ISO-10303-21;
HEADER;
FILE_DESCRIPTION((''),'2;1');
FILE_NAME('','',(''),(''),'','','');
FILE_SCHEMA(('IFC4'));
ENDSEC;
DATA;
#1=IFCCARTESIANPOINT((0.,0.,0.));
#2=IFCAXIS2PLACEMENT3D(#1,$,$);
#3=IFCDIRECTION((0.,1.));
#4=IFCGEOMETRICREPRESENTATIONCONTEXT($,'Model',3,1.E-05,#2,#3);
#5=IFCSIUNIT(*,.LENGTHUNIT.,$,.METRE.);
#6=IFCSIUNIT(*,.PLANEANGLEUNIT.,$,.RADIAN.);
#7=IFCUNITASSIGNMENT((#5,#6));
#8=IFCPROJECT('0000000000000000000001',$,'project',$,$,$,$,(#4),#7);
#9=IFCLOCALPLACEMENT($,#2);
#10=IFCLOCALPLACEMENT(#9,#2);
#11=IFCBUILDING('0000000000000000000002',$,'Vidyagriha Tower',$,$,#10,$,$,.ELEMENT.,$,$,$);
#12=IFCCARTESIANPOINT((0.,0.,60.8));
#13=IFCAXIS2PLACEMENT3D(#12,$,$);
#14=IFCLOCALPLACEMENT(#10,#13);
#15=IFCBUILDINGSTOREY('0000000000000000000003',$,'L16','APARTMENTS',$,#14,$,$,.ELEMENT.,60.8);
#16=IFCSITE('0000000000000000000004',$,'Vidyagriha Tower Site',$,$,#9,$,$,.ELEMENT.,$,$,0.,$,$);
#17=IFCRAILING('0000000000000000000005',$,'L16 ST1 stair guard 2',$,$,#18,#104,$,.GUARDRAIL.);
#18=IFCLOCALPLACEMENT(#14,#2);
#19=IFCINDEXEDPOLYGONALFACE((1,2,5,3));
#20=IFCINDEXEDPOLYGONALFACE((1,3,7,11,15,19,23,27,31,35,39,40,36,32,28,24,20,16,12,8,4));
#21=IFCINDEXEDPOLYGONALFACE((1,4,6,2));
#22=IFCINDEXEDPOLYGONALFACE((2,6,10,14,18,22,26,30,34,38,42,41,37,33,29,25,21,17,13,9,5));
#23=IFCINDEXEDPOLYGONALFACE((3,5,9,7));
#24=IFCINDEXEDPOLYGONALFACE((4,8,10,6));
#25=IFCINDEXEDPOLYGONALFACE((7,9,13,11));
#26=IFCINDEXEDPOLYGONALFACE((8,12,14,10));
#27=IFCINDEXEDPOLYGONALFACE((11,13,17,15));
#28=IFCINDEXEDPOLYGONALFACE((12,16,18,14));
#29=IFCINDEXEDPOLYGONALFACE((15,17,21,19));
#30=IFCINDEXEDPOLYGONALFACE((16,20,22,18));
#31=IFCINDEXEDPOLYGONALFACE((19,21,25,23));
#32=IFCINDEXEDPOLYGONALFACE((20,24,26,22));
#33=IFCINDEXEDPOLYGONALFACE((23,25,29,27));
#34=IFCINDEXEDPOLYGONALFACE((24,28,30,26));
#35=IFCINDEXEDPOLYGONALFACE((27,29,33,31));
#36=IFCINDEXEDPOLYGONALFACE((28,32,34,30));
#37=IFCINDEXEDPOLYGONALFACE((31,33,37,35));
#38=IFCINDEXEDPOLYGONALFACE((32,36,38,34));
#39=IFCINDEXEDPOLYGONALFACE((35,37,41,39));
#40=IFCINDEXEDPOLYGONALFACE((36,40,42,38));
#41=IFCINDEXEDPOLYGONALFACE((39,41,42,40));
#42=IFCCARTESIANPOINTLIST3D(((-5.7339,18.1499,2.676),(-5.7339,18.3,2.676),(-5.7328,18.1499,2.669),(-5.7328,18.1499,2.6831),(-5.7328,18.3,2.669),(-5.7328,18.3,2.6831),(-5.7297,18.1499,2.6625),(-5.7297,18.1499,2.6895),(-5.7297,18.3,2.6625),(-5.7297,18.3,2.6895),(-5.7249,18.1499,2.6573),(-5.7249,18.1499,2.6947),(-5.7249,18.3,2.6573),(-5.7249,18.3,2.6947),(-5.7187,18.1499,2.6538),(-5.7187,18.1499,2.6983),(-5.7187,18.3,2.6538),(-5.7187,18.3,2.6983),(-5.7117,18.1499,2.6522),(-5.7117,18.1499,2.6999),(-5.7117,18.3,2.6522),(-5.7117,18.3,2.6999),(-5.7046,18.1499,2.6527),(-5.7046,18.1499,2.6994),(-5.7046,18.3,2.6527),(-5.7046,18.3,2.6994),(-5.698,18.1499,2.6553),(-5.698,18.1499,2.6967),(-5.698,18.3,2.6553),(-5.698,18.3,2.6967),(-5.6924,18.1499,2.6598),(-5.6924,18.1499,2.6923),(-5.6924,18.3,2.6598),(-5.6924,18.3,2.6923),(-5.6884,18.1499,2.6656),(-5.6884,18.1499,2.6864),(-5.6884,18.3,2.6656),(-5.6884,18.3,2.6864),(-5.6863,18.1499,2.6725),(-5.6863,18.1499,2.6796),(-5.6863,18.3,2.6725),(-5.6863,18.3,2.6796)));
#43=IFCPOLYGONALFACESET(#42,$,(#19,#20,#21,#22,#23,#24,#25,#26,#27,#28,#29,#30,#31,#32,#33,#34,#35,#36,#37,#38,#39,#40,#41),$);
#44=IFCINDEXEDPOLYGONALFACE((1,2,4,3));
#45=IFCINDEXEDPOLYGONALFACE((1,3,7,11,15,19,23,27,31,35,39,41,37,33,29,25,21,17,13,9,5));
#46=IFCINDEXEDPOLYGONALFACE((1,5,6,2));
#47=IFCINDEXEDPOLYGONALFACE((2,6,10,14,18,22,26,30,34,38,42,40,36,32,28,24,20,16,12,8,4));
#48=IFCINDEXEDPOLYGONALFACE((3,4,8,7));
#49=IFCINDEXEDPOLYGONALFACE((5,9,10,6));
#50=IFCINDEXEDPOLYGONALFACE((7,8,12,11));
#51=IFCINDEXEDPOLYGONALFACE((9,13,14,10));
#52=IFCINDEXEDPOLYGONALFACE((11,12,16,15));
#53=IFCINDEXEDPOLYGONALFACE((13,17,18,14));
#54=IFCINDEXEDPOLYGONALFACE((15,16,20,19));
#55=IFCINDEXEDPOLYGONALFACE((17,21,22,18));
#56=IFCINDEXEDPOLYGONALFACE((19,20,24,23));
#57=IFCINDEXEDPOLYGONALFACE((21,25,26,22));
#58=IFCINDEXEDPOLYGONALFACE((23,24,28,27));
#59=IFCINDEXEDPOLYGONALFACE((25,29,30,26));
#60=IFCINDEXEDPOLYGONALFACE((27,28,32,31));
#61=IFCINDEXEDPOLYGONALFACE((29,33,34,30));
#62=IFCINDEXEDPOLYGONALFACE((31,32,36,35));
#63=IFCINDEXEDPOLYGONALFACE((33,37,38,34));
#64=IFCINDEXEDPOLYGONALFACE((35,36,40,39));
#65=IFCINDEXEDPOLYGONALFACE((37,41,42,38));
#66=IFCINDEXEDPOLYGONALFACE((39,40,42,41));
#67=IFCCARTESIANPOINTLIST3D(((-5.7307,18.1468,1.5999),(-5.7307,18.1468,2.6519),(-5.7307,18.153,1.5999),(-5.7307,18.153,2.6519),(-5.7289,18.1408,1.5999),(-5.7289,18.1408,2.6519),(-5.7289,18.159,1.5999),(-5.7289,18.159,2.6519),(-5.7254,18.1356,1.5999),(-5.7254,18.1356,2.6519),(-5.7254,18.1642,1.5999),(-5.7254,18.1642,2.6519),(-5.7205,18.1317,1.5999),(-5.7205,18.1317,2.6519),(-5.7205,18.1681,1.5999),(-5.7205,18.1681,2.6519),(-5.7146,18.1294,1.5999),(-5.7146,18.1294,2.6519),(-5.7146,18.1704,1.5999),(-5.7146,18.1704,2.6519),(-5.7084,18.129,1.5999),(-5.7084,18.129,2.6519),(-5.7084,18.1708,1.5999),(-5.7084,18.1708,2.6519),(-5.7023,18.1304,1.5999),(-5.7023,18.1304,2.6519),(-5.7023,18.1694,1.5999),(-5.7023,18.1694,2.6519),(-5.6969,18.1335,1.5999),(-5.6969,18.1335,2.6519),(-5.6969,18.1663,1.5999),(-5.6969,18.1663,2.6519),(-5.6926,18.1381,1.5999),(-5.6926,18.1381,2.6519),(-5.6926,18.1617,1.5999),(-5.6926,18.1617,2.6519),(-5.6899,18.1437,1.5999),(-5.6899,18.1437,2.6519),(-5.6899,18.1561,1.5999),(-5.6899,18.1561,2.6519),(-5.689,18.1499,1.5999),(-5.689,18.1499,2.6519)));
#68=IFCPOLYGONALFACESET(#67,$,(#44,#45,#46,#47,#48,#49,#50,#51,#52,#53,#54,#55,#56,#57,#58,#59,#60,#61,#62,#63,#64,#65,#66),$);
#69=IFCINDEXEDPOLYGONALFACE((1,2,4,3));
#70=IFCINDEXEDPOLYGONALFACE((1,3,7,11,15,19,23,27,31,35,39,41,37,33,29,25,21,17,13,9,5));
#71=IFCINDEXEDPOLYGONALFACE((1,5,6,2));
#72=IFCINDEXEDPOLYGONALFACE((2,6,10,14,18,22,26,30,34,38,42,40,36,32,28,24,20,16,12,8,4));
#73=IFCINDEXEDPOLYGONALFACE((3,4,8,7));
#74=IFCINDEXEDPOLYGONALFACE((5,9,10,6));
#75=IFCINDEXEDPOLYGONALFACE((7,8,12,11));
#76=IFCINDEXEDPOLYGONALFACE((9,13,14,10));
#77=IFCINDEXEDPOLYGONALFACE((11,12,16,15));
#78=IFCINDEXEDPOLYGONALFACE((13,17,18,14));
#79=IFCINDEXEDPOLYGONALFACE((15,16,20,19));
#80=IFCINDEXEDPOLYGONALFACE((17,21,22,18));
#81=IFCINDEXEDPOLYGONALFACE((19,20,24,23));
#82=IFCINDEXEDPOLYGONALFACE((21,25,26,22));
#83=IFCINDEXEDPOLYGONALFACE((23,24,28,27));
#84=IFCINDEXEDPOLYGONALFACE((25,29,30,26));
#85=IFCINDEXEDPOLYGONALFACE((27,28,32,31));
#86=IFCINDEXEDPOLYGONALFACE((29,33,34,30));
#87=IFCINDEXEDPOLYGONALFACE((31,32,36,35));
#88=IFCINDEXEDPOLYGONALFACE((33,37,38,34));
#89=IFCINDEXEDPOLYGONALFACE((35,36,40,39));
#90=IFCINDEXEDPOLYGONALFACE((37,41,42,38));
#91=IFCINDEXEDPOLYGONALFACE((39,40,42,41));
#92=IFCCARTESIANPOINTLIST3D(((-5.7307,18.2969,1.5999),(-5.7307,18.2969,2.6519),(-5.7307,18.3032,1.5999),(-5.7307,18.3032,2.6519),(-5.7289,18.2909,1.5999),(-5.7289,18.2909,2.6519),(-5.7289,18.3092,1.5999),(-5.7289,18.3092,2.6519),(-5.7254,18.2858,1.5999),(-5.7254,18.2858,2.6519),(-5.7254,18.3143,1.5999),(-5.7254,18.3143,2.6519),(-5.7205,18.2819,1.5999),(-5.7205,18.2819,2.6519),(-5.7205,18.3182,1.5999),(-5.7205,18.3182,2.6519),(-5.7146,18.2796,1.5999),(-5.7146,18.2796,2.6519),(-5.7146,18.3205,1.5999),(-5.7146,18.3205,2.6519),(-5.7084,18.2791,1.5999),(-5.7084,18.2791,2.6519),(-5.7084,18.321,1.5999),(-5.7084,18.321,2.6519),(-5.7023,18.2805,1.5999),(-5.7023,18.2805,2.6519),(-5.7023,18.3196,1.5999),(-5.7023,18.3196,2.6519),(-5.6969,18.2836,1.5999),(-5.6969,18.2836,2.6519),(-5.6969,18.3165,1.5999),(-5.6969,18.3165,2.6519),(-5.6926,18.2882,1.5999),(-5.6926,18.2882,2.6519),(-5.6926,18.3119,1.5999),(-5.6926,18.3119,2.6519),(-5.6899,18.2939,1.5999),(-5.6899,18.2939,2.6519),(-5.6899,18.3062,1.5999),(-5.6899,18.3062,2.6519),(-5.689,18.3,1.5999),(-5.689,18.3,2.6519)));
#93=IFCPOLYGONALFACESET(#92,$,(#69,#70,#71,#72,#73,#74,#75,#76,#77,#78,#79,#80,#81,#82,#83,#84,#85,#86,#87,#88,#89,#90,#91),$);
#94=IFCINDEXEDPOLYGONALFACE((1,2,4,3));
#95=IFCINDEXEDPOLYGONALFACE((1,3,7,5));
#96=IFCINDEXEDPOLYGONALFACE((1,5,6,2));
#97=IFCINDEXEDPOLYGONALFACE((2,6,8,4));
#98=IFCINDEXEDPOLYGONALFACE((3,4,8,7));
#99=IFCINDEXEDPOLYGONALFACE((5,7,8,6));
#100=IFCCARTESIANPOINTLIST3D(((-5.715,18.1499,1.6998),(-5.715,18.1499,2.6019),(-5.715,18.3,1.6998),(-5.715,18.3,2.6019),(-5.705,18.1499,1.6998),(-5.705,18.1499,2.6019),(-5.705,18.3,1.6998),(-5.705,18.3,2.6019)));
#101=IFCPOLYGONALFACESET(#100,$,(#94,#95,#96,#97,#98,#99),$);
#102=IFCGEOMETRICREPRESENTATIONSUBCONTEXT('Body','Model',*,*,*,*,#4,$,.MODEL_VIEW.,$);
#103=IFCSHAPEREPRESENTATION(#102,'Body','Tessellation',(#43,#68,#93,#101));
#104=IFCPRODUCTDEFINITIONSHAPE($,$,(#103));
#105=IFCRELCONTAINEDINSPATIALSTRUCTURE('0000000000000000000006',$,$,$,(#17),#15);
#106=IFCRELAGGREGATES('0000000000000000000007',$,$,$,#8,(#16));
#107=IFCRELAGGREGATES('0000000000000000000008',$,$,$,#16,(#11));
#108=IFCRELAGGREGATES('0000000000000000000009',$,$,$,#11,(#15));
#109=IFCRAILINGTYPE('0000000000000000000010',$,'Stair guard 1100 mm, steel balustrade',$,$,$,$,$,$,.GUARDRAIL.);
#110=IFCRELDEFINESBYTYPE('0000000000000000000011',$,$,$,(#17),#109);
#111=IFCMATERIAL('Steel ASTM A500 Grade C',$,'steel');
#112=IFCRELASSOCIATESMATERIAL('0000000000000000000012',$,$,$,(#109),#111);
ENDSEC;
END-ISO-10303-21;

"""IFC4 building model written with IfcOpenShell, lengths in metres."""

from ifc_helpers import new_model, si_unit, direction, frame, origin, origin_2d, place, context, subcontext, project, spatial, rectangle, circle, extrude, material, type_object, element, save


model = new_model("IFC4")

# Units and contexts
model_context = context("Model", 3, precision=1e-05, world=origin(), true_north=direction((0.0, 1.0)))
body_context = subcontext(model_context, "Body", "Model", "MODEL_VIEW")
ifc_project = project(units=[si_unit("LENGTHUNIT", "METRE"), si_unit("PLANEANGLEUNIT", "RADIAN")], contexts=[model_context])

# Site, building, storey
site_placement = place(None, origin())
site = spatial("IfcSite", under=ifc_project, at=site_placement, Name="Vidyagriha Tower Site", CompositionType="ELEMENT", RefElevation=0.0)
building_placement = place(site_placement, origin())
building = spatial("IfcBuilding", under=site, at=building_placement, Name="Vidyagriha Tower", CompositionType="ELEMENT")
storey_placement = place(building_placement, frame((0.0, 0.0, 60.8)))
storey = spatial("IfcBuildingStorey", under=building, at=storey_placement, Name="L16", Description="APARTMENTS", CompositionType="ELEMENT", Elevation=60.8)

# Railing
ifc_material_1 = material(Name="Steel ASTM A500 Grade C", Category="steel")
railing_type_1 = type_object("IfcRailingType", Name="Stair guard 1100 mm, steel balustrade", PredefinedType="GUARDRAIL", material=ifc_material_1)
railing_1_placement = place(storey_placement, frame((-5.71, 18.1499, 1.5999)))
element("IfcRailing", 1, at=railing_1_placement, inside=storey, type_object=railing_type_1, Name="L16 ST1 stair guard 2", PredefinedType="GUARDRAIL", context=body_context, shape_type="SweptSolid", body=[
    extrude(circle(Radius=0.0239, at=origin_2d()), frame((0.0, 0.0, 1.0762), z_axis=(0.0, 1.0, 0.0), x_axis=(-1.0, 0.0, 0.0)), (0.0, 0.0, 1.0), 0.1501),
    extrude(circle(Radius=0.021, at=origin_2d()), origin(), (0.0, 0.0, 1.0), 1.052),
    extrude(circle(Radius=0.021, at=origin_2d()), frame((0.0, 0.1501, 0.0)), (0.0, 0.0, 1.0), 1.052),
    extrude(rectangle(XDim=0.01, YDim=0.9021, at=origin_2d()), frame((0.0, 0.0, 0.551), z_axis=(0.0, 1.0, 0.0), x_axis=(-1.0, 0.0, 0.0)), (0.0, 0.0, 1.0), 0.1501),
])

save(model, "model.ifc")
